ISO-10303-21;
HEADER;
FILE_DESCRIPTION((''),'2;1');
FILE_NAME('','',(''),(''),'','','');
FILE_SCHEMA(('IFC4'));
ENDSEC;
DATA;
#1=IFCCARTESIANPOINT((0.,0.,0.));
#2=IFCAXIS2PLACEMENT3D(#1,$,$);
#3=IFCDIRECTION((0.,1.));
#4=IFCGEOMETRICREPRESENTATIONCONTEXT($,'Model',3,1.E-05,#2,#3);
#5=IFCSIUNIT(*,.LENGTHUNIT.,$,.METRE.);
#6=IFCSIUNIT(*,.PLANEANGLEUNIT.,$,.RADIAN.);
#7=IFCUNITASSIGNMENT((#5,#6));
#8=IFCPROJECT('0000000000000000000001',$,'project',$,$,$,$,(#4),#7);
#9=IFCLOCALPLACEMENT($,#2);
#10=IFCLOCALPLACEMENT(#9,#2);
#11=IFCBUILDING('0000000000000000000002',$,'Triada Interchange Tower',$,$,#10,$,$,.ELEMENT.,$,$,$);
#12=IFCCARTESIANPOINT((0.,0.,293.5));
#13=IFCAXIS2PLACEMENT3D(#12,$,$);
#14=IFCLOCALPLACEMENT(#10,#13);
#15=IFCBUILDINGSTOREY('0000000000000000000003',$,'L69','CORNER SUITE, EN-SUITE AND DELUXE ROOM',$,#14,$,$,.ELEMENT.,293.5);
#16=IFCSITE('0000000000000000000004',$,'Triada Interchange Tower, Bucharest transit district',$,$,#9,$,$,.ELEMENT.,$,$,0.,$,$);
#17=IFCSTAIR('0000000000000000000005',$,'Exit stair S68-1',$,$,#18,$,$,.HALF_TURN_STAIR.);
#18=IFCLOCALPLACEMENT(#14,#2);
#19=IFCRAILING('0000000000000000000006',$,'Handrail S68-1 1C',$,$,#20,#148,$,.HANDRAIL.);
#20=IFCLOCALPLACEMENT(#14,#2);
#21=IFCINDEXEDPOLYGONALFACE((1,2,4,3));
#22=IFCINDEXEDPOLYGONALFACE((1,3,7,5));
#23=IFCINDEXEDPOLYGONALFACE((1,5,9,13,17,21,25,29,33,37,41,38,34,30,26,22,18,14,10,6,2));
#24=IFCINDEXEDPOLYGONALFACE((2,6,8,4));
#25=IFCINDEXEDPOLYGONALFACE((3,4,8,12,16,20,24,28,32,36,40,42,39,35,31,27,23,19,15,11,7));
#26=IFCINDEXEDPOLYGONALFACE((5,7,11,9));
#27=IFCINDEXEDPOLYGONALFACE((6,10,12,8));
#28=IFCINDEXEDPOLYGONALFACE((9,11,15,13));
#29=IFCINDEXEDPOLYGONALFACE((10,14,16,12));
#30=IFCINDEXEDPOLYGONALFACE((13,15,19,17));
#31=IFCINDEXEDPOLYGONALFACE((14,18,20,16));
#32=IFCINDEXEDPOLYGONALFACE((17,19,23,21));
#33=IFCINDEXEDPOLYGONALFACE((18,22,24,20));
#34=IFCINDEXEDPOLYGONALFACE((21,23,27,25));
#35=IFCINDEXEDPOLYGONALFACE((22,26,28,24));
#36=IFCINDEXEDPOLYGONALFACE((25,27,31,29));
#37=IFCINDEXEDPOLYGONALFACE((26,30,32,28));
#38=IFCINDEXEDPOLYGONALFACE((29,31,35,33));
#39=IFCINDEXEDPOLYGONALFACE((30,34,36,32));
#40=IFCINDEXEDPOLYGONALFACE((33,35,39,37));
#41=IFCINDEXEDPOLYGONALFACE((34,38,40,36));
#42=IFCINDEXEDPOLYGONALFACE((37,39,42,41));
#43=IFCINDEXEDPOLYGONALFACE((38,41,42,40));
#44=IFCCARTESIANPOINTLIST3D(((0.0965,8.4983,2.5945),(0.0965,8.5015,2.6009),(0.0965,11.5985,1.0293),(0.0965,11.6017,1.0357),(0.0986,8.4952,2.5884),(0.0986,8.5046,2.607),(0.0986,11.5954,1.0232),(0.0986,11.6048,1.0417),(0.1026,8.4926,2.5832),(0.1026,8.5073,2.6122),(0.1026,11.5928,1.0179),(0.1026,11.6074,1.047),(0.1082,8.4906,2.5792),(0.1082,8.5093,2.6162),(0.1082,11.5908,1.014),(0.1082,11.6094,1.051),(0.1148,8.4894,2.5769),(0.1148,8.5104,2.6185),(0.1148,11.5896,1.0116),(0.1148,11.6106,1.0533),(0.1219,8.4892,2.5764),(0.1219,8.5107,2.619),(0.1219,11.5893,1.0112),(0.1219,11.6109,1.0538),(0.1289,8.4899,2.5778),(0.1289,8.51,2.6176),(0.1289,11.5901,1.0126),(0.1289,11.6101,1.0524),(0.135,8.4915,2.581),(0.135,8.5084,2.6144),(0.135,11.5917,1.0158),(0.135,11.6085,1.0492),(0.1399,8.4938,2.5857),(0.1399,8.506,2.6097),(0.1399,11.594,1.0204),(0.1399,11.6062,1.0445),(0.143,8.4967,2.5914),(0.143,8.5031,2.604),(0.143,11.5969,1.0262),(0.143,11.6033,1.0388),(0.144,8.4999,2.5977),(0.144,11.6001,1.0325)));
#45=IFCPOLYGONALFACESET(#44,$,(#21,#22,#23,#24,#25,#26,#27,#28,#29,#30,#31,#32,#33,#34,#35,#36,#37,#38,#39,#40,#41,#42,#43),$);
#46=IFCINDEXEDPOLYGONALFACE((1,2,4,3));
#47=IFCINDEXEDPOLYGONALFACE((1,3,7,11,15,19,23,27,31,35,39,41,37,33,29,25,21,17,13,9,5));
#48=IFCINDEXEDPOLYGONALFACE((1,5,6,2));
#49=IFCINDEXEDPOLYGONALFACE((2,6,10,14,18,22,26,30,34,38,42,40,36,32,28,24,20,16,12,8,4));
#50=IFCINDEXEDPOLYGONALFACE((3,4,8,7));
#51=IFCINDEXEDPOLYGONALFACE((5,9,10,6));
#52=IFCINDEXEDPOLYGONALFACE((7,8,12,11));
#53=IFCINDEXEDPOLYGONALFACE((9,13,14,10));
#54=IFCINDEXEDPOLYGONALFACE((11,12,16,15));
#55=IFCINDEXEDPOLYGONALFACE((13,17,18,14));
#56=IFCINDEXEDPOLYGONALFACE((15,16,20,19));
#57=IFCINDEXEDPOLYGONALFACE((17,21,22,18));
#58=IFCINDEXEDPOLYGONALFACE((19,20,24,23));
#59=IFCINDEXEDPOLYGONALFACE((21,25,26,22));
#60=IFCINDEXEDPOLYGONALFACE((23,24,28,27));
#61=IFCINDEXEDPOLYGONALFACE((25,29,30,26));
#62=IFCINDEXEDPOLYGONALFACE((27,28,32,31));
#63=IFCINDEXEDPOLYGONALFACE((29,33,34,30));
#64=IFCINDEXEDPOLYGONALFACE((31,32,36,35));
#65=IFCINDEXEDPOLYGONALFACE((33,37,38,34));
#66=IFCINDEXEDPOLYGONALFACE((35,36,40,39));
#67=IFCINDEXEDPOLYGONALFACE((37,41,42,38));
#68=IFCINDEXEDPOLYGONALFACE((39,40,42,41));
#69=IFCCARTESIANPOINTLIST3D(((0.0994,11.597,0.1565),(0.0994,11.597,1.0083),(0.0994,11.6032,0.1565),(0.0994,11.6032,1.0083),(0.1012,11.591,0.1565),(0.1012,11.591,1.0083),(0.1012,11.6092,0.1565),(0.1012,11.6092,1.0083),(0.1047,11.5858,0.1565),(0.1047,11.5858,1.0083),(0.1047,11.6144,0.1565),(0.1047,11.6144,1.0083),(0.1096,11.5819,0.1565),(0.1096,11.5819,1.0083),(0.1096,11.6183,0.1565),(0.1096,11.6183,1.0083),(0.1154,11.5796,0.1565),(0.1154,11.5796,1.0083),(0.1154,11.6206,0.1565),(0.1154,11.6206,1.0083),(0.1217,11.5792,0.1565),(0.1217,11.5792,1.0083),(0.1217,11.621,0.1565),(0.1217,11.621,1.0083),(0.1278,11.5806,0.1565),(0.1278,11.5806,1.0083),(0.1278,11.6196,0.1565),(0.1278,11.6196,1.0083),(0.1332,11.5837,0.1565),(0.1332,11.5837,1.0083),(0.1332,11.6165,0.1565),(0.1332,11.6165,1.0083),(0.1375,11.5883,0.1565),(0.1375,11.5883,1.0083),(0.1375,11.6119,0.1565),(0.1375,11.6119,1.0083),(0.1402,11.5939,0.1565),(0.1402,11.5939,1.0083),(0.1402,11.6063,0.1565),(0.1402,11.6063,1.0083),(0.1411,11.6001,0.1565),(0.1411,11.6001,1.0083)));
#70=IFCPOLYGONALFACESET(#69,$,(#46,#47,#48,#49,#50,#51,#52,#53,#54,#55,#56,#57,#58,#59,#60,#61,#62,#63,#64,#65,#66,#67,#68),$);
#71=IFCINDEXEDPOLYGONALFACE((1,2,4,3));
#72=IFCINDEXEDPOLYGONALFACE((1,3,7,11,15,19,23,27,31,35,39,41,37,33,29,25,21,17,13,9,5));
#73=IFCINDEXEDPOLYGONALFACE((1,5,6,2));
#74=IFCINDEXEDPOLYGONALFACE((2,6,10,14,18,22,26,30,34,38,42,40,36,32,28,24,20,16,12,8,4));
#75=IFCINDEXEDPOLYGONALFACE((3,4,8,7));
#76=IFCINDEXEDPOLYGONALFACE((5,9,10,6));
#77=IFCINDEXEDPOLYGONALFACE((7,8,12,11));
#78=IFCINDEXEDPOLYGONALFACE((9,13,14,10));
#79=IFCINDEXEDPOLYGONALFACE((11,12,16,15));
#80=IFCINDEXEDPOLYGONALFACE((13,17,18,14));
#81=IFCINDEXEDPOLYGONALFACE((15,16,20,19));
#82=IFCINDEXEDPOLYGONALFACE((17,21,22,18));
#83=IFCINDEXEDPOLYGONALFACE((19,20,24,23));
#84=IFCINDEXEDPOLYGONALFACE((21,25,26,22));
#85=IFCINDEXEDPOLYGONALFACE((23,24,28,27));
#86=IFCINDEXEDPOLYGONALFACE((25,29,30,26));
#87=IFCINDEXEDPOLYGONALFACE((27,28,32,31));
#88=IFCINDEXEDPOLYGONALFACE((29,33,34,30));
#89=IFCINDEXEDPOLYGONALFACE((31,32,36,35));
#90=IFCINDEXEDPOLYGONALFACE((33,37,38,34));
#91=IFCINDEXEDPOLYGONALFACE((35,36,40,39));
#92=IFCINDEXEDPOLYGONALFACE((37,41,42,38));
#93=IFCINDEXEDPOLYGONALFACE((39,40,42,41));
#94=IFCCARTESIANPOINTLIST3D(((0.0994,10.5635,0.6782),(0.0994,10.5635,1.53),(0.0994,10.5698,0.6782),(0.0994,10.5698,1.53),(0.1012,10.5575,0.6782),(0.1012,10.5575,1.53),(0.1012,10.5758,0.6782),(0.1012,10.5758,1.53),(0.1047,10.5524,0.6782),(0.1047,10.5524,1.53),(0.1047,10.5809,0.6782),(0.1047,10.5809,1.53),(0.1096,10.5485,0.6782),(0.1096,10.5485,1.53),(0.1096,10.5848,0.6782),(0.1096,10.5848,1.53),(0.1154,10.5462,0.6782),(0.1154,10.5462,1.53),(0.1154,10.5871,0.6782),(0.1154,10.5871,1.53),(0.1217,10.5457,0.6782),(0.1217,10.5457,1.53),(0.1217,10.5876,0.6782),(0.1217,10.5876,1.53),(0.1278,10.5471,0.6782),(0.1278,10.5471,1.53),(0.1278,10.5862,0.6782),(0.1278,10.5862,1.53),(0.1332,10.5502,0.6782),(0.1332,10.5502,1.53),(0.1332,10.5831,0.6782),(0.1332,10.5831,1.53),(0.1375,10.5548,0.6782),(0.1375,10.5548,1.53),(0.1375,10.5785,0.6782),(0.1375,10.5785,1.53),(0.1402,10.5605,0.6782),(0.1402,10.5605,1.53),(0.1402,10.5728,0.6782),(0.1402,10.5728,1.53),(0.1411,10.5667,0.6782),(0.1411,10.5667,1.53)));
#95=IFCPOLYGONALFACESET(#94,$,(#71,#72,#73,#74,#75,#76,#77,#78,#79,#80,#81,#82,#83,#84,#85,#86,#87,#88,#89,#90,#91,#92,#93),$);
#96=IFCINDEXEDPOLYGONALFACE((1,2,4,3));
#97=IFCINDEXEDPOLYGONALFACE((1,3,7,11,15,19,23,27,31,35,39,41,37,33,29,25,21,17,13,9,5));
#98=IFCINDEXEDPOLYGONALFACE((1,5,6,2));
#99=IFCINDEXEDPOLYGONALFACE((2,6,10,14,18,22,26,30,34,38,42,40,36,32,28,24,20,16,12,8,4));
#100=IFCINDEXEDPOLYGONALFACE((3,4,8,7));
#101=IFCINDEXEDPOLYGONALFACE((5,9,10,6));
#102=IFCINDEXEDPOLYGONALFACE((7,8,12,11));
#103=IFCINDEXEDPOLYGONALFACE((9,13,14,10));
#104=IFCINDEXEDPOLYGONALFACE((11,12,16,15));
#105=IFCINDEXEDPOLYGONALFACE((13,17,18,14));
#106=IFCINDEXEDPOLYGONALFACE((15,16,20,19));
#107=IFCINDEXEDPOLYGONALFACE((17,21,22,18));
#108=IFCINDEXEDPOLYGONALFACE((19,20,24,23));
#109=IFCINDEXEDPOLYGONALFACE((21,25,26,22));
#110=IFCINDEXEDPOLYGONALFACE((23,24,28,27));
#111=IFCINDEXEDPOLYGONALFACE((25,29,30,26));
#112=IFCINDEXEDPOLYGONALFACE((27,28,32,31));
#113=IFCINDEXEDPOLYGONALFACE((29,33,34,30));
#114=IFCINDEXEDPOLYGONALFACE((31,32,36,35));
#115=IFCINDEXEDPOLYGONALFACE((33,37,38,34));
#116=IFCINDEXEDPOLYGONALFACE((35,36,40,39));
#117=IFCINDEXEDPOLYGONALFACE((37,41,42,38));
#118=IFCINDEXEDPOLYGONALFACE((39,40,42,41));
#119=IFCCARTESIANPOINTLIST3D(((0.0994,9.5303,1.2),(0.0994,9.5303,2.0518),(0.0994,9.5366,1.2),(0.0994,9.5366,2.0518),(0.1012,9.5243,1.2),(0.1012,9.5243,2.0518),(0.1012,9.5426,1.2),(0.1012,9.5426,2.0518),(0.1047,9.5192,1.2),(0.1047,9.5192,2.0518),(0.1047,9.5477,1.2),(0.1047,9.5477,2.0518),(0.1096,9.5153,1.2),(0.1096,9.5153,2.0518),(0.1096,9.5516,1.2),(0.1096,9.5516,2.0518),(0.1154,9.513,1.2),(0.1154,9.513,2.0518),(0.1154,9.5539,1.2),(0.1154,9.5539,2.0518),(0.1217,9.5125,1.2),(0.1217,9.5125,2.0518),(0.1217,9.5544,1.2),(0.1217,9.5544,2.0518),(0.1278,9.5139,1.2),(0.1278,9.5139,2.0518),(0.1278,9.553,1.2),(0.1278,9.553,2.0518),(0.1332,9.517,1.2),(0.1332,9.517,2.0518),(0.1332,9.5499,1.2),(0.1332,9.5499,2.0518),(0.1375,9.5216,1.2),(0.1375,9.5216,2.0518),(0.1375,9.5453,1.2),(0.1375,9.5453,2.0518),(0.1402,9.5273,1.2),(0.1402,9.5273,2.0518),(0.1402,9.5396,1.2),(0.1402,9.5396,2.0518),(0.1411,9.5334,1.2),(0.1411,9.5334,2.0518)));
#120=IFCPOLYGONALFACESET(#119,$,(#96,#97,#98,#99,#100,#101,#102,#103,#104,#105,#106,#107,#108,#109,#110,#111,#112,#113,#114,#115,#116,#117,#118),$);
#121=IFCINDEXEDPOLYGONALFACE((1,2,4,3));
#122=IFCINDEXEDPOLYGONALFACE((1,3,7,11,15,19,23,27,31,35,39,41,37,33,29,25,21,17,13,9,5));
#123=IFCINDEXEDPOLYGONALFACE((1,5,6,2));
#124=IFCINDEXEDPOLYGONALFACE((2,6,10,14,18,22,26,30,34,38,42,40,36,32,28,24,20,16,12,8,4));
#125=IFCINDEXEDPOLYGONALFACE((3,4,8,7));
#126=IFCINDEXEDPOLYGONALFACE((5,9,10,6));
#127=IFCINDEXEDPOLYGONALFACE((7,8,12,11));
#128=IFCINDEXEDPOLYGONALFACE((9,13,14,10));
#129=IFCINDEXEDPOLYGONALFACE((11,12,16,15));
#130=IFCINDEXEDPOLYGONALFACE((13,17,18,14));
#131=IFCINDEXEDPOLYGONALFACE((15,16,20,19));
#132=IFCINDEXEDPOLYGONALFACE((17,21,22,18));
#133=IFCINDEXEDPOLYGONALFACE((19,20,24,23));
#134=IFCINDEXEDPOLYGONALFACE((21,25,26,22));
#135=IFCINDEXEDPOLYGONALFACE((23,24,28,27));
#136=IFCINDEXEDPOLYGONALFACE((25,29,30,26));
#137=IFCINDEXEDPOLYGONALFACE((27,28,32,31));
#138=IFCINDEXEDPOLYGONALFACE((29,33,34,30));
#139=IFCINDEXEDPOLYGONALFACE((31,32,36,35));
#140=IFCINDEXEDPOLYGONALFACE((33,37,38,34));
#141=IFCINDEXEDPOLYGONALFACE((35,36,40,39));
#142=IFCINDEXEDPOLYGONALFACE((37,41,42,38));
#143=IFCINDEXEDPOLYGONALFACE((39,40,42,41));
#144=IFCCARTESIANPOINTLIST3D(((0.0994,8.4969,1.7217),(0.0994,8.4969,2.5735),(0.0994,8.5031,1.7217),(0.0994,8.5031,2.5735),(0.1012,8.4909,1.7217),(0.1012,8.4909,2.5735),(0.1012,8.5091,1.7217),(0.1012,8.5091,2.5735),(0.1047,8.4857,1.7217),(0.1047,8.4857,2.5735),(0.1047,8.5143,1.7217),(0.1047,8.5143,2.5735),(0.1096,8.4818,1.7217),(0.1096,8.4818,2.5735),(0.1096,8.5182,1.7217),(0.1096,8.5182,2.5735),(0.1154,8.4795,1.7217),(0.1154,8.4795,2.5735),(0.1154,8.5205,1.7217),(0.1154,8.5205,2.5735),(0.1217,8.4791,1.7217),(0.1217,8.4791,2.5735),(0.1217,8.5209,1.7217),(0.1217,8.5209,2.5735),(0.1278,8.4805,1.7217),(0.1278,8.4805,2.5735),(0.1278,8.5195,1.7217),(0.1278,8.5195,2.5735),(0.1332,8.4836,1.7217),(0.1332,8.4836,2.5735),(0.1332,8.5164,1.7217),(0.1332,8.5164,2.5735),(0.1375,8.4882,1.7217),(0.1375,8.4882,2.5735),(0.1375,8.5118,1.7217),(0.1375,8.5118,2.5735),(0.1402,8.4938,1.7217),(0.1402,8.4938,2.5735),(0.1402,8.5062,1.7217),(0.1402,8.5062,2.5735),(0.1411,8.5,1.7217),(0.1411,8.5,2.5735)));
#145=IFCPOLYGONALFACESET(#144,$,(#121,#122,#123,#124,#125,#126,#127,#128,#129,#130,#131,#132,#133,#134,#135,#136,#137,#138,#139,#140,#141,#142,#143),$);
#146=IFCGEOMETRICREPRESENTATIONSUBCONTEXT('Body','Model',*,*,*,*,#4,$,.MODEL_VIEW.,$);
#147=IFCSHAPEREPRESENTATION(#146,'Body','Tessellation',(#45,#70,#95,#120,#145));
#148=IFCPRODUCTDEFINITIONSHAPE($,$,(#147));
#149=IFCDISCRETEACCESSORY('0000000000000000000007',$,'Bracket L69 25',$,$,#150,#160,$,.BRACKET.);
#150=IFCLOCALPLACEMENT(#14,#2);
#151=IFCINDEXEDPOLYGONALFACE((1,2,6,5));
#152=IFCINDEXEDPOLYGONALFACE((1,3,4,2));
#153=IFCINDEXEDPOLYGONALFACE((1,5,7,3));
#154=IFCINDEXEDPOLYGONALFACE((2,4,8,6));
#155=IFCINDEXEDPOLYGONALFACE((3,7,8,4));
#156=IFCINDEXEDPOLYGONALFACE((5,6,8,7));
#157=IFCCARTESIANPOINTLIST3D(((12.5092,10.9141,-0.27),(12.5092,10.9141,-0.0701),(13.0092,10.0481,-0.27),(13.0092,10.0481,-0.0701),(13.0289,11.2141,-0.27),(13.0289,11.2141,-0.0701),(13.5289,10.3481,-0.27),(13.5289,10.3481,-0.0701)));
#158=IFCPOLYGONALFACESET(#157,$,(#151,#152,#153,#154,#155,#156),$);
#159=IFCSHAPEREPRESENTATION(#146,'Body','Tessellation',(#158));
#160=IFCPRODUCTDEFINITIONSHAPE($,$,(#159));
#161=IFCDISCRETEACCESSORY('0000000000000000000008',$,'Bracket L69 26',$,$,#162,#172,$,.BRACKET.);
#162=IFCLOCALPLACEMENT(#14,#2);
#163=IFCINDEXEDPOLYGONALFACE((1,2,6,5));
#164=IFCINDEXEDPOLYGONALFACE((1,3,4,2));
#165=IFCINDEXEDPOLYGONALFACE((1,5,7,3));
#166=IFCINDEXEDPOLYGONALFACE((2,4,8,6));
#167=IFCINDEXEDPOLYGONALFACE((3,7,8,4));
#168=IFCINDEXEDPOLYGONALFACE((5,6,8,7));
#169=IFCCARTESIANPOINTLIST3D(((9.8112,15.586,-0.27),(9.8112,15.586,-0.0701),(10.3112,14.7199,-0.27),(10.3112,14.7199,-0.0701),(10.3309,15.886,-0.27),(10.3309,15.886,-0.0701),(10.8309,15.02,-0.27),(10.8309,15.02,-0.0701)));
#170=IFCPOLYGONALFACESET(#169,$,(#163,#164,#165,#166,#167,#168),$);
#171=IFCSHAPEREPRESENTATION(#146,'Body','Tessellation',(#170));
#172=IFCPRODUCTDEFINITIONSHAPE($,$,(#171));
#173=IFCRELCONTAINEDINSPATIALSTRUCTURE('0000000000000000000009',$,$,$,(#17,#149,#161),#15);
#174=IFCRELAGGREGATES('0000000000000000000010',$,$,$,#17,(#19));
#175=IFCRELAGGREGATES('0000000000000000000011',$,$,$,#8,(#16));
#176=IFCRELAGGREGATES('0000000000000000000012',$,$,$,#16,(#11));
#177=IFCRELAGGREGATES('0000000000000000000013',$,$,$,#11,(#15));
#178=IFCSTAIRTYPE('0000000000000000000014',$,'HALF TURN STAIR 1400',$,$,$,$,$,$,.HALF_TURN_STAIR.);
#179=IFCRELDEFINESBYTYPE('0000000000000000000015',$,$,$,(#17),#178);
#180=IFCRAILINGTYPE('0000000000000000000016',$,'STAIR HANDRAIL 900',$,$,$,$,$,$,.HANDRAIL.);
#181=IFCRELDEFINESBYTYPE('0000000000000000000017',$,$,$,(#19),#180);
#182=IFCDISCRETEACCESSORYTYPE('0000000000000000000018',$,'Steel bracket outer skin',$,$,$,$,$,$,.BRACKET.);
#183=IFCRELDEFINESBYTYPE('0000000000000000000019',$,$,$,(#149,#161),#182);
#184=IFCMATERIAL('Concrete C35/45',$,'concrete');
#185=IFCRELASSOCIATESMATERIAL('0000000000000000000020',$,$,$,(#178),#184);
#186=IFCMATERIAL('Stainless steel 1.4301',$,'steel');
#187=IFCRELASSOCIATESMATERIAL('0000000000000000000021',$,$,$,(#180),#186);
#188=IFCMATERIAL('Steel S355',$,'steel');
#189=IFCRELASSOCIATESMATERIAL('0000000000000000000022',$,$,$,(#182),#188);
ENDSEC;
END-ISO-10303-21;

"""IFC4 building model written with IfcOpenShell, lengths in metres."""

from ifc_helpers import new_model, si_unit, direction, frame, origin, origin_2d, place, context, subcontext, project, spatial, rectangle, circle, extrude, material, type_object, element, aggregate, save


model = new_model("IFC4")

# Units and contexts
model_context = context("Model", 3, precision=1e-05, world=origin(), true_north=direction((0.0, 1.0)))
body_context = subcontext(model_context, "Body", "Model", "MODEL_VIEW")
ifc_project = project(units=[si_unit("LENGTHUNIT", "METRE"), si_unit("PLANEANGLEUNIT", "RADIAN")], contexts=[model_context])

# Site, building, storey
site_placement = place(None, origin())
site = spatial("IfcSite", under=ifc_project, at=site_placement, Name="Triada Interchange Tower, Bucharest transit district", CompositionType="ELEMENT", RefElevation=0.0)
building_placement = place(site_placement, origin())
building = spatial("IfcBuilding", under=site, at=building_placement, Name="Triada Interchange Tower", CompositionType="ELEMENT")
storey_placement = place(building_placement, frame((0.0, 0.0, 293.5)))
storey = spatial("IfcBuildingStorey", under=building, at=storey_placement, Name="L69", Description="CORNER SUITE, EN-SUITE AND DELUXE ROOM", CompositionType="ELEMENT", Elevation=293.5)

# Stair
ifc_material_1 = material(Name="Concrete C35/45", Category="concrete")
stair_type = type_object("IfcStairType", Name="HALF TURN STAIR 1400", PredefinedType="HALF_TURN_STAIR", material=ifc_material_1)
stair_placement = place(storey_placement, origin())
stair = element("IfcStair", 1, at=stair_placement, inside=storey, type_object=stair_type, Name="Exit stair S68-1", PredefinedType="HALF_TURN_STAIR")

# Railing
ifc_material_2 = material(Name="Stainless steel 1.4301", Category="steel")
railing_type = type_object("IfcRailingType", Name="STAIR HANDRAIL 900", PredefinedType="HANDRAIL", material=ifc_material_2)
railing_1_placement = place(storey_placement, frame((0.1201, 11.6001, 0.1565)))
railing_1 = element("IfcRailing", 2, at=railing_1_placement, type_object=railing_type, Name="Handrail S68-1 1C", PredefinedType="HANDRAIL", context=body_context, shape_type="SweptSolid", body=[
    extrude(circle(Radius=0.0239, at=origin_2d()), frame((0.0, 0.0, 0.876), z_axis=(0.0, -0.892677, 0.450697), x_axis=(1.0, 0.0, 0.0)), (0.0, 0.0, 1.0), 3.4729),
    extrude(circle(Radius=0.021, at=origin_2d()), origin(), (0.0, 0.0, 1.0), 0.8518),
    extrude(circle(Radius=0.021, at=origin_2d()), frame((0.0, -1.0334, 0.5217)), (0.0, 0.0, 1.0), 0.8518),
    extrude(circle(Radius=0.021, at=origin_2d()), frame((0.0, -2.0667, 1.0435)), (0.0, 0.0, 1.0), 0.8518),
    extrude(circle(Radius=0.021, at=origin_2d()), frame((0.0, -3.1001, 1.5652)), (0.0, 0.0, 1.0), 0.8518),
])
aggregate(stair, [railing_1])

# Discrete accessories
ifc_material_3 = material(Name="Steel S355", Category="steel")
discrete_accessory_type = type_object("IfcDiscreteAccessoryType", Name="Steel bracket outer skin", PredefinedType="BRACKET", material=ifc_material_3)
for number, where, z_axis, x_axis, name in (
    (3, (13.019, 10.6311, -0.27), (0.0, 0.0, 1.0), (0.866023, 0.500004, 0.0), "Bracket L69 25"),
    (4, (10.321, 15.303, -0.27), (0.0, 0.0, 1.0), (0.866023, 0.500004, 0.0), "Bracket L69 26"),
):
    element("IfcDiscreteAccessory", number, at=place(storey_placement, frame(where, z_axis=z_axis, x_axis=x_axis)), inside=storey, type_object=discrete_accessory_type, Name=name, PredefinedType="BRACKET", context=body_context, shape_type="SweptSolid", body=[
        extrude(rectangle(XDim=0.6001, YDim=1.0, at=origin_2d()), origin(), (0.0, 0.0, 1.0), 0.2),
    ])

save(model, "model.ifc")
